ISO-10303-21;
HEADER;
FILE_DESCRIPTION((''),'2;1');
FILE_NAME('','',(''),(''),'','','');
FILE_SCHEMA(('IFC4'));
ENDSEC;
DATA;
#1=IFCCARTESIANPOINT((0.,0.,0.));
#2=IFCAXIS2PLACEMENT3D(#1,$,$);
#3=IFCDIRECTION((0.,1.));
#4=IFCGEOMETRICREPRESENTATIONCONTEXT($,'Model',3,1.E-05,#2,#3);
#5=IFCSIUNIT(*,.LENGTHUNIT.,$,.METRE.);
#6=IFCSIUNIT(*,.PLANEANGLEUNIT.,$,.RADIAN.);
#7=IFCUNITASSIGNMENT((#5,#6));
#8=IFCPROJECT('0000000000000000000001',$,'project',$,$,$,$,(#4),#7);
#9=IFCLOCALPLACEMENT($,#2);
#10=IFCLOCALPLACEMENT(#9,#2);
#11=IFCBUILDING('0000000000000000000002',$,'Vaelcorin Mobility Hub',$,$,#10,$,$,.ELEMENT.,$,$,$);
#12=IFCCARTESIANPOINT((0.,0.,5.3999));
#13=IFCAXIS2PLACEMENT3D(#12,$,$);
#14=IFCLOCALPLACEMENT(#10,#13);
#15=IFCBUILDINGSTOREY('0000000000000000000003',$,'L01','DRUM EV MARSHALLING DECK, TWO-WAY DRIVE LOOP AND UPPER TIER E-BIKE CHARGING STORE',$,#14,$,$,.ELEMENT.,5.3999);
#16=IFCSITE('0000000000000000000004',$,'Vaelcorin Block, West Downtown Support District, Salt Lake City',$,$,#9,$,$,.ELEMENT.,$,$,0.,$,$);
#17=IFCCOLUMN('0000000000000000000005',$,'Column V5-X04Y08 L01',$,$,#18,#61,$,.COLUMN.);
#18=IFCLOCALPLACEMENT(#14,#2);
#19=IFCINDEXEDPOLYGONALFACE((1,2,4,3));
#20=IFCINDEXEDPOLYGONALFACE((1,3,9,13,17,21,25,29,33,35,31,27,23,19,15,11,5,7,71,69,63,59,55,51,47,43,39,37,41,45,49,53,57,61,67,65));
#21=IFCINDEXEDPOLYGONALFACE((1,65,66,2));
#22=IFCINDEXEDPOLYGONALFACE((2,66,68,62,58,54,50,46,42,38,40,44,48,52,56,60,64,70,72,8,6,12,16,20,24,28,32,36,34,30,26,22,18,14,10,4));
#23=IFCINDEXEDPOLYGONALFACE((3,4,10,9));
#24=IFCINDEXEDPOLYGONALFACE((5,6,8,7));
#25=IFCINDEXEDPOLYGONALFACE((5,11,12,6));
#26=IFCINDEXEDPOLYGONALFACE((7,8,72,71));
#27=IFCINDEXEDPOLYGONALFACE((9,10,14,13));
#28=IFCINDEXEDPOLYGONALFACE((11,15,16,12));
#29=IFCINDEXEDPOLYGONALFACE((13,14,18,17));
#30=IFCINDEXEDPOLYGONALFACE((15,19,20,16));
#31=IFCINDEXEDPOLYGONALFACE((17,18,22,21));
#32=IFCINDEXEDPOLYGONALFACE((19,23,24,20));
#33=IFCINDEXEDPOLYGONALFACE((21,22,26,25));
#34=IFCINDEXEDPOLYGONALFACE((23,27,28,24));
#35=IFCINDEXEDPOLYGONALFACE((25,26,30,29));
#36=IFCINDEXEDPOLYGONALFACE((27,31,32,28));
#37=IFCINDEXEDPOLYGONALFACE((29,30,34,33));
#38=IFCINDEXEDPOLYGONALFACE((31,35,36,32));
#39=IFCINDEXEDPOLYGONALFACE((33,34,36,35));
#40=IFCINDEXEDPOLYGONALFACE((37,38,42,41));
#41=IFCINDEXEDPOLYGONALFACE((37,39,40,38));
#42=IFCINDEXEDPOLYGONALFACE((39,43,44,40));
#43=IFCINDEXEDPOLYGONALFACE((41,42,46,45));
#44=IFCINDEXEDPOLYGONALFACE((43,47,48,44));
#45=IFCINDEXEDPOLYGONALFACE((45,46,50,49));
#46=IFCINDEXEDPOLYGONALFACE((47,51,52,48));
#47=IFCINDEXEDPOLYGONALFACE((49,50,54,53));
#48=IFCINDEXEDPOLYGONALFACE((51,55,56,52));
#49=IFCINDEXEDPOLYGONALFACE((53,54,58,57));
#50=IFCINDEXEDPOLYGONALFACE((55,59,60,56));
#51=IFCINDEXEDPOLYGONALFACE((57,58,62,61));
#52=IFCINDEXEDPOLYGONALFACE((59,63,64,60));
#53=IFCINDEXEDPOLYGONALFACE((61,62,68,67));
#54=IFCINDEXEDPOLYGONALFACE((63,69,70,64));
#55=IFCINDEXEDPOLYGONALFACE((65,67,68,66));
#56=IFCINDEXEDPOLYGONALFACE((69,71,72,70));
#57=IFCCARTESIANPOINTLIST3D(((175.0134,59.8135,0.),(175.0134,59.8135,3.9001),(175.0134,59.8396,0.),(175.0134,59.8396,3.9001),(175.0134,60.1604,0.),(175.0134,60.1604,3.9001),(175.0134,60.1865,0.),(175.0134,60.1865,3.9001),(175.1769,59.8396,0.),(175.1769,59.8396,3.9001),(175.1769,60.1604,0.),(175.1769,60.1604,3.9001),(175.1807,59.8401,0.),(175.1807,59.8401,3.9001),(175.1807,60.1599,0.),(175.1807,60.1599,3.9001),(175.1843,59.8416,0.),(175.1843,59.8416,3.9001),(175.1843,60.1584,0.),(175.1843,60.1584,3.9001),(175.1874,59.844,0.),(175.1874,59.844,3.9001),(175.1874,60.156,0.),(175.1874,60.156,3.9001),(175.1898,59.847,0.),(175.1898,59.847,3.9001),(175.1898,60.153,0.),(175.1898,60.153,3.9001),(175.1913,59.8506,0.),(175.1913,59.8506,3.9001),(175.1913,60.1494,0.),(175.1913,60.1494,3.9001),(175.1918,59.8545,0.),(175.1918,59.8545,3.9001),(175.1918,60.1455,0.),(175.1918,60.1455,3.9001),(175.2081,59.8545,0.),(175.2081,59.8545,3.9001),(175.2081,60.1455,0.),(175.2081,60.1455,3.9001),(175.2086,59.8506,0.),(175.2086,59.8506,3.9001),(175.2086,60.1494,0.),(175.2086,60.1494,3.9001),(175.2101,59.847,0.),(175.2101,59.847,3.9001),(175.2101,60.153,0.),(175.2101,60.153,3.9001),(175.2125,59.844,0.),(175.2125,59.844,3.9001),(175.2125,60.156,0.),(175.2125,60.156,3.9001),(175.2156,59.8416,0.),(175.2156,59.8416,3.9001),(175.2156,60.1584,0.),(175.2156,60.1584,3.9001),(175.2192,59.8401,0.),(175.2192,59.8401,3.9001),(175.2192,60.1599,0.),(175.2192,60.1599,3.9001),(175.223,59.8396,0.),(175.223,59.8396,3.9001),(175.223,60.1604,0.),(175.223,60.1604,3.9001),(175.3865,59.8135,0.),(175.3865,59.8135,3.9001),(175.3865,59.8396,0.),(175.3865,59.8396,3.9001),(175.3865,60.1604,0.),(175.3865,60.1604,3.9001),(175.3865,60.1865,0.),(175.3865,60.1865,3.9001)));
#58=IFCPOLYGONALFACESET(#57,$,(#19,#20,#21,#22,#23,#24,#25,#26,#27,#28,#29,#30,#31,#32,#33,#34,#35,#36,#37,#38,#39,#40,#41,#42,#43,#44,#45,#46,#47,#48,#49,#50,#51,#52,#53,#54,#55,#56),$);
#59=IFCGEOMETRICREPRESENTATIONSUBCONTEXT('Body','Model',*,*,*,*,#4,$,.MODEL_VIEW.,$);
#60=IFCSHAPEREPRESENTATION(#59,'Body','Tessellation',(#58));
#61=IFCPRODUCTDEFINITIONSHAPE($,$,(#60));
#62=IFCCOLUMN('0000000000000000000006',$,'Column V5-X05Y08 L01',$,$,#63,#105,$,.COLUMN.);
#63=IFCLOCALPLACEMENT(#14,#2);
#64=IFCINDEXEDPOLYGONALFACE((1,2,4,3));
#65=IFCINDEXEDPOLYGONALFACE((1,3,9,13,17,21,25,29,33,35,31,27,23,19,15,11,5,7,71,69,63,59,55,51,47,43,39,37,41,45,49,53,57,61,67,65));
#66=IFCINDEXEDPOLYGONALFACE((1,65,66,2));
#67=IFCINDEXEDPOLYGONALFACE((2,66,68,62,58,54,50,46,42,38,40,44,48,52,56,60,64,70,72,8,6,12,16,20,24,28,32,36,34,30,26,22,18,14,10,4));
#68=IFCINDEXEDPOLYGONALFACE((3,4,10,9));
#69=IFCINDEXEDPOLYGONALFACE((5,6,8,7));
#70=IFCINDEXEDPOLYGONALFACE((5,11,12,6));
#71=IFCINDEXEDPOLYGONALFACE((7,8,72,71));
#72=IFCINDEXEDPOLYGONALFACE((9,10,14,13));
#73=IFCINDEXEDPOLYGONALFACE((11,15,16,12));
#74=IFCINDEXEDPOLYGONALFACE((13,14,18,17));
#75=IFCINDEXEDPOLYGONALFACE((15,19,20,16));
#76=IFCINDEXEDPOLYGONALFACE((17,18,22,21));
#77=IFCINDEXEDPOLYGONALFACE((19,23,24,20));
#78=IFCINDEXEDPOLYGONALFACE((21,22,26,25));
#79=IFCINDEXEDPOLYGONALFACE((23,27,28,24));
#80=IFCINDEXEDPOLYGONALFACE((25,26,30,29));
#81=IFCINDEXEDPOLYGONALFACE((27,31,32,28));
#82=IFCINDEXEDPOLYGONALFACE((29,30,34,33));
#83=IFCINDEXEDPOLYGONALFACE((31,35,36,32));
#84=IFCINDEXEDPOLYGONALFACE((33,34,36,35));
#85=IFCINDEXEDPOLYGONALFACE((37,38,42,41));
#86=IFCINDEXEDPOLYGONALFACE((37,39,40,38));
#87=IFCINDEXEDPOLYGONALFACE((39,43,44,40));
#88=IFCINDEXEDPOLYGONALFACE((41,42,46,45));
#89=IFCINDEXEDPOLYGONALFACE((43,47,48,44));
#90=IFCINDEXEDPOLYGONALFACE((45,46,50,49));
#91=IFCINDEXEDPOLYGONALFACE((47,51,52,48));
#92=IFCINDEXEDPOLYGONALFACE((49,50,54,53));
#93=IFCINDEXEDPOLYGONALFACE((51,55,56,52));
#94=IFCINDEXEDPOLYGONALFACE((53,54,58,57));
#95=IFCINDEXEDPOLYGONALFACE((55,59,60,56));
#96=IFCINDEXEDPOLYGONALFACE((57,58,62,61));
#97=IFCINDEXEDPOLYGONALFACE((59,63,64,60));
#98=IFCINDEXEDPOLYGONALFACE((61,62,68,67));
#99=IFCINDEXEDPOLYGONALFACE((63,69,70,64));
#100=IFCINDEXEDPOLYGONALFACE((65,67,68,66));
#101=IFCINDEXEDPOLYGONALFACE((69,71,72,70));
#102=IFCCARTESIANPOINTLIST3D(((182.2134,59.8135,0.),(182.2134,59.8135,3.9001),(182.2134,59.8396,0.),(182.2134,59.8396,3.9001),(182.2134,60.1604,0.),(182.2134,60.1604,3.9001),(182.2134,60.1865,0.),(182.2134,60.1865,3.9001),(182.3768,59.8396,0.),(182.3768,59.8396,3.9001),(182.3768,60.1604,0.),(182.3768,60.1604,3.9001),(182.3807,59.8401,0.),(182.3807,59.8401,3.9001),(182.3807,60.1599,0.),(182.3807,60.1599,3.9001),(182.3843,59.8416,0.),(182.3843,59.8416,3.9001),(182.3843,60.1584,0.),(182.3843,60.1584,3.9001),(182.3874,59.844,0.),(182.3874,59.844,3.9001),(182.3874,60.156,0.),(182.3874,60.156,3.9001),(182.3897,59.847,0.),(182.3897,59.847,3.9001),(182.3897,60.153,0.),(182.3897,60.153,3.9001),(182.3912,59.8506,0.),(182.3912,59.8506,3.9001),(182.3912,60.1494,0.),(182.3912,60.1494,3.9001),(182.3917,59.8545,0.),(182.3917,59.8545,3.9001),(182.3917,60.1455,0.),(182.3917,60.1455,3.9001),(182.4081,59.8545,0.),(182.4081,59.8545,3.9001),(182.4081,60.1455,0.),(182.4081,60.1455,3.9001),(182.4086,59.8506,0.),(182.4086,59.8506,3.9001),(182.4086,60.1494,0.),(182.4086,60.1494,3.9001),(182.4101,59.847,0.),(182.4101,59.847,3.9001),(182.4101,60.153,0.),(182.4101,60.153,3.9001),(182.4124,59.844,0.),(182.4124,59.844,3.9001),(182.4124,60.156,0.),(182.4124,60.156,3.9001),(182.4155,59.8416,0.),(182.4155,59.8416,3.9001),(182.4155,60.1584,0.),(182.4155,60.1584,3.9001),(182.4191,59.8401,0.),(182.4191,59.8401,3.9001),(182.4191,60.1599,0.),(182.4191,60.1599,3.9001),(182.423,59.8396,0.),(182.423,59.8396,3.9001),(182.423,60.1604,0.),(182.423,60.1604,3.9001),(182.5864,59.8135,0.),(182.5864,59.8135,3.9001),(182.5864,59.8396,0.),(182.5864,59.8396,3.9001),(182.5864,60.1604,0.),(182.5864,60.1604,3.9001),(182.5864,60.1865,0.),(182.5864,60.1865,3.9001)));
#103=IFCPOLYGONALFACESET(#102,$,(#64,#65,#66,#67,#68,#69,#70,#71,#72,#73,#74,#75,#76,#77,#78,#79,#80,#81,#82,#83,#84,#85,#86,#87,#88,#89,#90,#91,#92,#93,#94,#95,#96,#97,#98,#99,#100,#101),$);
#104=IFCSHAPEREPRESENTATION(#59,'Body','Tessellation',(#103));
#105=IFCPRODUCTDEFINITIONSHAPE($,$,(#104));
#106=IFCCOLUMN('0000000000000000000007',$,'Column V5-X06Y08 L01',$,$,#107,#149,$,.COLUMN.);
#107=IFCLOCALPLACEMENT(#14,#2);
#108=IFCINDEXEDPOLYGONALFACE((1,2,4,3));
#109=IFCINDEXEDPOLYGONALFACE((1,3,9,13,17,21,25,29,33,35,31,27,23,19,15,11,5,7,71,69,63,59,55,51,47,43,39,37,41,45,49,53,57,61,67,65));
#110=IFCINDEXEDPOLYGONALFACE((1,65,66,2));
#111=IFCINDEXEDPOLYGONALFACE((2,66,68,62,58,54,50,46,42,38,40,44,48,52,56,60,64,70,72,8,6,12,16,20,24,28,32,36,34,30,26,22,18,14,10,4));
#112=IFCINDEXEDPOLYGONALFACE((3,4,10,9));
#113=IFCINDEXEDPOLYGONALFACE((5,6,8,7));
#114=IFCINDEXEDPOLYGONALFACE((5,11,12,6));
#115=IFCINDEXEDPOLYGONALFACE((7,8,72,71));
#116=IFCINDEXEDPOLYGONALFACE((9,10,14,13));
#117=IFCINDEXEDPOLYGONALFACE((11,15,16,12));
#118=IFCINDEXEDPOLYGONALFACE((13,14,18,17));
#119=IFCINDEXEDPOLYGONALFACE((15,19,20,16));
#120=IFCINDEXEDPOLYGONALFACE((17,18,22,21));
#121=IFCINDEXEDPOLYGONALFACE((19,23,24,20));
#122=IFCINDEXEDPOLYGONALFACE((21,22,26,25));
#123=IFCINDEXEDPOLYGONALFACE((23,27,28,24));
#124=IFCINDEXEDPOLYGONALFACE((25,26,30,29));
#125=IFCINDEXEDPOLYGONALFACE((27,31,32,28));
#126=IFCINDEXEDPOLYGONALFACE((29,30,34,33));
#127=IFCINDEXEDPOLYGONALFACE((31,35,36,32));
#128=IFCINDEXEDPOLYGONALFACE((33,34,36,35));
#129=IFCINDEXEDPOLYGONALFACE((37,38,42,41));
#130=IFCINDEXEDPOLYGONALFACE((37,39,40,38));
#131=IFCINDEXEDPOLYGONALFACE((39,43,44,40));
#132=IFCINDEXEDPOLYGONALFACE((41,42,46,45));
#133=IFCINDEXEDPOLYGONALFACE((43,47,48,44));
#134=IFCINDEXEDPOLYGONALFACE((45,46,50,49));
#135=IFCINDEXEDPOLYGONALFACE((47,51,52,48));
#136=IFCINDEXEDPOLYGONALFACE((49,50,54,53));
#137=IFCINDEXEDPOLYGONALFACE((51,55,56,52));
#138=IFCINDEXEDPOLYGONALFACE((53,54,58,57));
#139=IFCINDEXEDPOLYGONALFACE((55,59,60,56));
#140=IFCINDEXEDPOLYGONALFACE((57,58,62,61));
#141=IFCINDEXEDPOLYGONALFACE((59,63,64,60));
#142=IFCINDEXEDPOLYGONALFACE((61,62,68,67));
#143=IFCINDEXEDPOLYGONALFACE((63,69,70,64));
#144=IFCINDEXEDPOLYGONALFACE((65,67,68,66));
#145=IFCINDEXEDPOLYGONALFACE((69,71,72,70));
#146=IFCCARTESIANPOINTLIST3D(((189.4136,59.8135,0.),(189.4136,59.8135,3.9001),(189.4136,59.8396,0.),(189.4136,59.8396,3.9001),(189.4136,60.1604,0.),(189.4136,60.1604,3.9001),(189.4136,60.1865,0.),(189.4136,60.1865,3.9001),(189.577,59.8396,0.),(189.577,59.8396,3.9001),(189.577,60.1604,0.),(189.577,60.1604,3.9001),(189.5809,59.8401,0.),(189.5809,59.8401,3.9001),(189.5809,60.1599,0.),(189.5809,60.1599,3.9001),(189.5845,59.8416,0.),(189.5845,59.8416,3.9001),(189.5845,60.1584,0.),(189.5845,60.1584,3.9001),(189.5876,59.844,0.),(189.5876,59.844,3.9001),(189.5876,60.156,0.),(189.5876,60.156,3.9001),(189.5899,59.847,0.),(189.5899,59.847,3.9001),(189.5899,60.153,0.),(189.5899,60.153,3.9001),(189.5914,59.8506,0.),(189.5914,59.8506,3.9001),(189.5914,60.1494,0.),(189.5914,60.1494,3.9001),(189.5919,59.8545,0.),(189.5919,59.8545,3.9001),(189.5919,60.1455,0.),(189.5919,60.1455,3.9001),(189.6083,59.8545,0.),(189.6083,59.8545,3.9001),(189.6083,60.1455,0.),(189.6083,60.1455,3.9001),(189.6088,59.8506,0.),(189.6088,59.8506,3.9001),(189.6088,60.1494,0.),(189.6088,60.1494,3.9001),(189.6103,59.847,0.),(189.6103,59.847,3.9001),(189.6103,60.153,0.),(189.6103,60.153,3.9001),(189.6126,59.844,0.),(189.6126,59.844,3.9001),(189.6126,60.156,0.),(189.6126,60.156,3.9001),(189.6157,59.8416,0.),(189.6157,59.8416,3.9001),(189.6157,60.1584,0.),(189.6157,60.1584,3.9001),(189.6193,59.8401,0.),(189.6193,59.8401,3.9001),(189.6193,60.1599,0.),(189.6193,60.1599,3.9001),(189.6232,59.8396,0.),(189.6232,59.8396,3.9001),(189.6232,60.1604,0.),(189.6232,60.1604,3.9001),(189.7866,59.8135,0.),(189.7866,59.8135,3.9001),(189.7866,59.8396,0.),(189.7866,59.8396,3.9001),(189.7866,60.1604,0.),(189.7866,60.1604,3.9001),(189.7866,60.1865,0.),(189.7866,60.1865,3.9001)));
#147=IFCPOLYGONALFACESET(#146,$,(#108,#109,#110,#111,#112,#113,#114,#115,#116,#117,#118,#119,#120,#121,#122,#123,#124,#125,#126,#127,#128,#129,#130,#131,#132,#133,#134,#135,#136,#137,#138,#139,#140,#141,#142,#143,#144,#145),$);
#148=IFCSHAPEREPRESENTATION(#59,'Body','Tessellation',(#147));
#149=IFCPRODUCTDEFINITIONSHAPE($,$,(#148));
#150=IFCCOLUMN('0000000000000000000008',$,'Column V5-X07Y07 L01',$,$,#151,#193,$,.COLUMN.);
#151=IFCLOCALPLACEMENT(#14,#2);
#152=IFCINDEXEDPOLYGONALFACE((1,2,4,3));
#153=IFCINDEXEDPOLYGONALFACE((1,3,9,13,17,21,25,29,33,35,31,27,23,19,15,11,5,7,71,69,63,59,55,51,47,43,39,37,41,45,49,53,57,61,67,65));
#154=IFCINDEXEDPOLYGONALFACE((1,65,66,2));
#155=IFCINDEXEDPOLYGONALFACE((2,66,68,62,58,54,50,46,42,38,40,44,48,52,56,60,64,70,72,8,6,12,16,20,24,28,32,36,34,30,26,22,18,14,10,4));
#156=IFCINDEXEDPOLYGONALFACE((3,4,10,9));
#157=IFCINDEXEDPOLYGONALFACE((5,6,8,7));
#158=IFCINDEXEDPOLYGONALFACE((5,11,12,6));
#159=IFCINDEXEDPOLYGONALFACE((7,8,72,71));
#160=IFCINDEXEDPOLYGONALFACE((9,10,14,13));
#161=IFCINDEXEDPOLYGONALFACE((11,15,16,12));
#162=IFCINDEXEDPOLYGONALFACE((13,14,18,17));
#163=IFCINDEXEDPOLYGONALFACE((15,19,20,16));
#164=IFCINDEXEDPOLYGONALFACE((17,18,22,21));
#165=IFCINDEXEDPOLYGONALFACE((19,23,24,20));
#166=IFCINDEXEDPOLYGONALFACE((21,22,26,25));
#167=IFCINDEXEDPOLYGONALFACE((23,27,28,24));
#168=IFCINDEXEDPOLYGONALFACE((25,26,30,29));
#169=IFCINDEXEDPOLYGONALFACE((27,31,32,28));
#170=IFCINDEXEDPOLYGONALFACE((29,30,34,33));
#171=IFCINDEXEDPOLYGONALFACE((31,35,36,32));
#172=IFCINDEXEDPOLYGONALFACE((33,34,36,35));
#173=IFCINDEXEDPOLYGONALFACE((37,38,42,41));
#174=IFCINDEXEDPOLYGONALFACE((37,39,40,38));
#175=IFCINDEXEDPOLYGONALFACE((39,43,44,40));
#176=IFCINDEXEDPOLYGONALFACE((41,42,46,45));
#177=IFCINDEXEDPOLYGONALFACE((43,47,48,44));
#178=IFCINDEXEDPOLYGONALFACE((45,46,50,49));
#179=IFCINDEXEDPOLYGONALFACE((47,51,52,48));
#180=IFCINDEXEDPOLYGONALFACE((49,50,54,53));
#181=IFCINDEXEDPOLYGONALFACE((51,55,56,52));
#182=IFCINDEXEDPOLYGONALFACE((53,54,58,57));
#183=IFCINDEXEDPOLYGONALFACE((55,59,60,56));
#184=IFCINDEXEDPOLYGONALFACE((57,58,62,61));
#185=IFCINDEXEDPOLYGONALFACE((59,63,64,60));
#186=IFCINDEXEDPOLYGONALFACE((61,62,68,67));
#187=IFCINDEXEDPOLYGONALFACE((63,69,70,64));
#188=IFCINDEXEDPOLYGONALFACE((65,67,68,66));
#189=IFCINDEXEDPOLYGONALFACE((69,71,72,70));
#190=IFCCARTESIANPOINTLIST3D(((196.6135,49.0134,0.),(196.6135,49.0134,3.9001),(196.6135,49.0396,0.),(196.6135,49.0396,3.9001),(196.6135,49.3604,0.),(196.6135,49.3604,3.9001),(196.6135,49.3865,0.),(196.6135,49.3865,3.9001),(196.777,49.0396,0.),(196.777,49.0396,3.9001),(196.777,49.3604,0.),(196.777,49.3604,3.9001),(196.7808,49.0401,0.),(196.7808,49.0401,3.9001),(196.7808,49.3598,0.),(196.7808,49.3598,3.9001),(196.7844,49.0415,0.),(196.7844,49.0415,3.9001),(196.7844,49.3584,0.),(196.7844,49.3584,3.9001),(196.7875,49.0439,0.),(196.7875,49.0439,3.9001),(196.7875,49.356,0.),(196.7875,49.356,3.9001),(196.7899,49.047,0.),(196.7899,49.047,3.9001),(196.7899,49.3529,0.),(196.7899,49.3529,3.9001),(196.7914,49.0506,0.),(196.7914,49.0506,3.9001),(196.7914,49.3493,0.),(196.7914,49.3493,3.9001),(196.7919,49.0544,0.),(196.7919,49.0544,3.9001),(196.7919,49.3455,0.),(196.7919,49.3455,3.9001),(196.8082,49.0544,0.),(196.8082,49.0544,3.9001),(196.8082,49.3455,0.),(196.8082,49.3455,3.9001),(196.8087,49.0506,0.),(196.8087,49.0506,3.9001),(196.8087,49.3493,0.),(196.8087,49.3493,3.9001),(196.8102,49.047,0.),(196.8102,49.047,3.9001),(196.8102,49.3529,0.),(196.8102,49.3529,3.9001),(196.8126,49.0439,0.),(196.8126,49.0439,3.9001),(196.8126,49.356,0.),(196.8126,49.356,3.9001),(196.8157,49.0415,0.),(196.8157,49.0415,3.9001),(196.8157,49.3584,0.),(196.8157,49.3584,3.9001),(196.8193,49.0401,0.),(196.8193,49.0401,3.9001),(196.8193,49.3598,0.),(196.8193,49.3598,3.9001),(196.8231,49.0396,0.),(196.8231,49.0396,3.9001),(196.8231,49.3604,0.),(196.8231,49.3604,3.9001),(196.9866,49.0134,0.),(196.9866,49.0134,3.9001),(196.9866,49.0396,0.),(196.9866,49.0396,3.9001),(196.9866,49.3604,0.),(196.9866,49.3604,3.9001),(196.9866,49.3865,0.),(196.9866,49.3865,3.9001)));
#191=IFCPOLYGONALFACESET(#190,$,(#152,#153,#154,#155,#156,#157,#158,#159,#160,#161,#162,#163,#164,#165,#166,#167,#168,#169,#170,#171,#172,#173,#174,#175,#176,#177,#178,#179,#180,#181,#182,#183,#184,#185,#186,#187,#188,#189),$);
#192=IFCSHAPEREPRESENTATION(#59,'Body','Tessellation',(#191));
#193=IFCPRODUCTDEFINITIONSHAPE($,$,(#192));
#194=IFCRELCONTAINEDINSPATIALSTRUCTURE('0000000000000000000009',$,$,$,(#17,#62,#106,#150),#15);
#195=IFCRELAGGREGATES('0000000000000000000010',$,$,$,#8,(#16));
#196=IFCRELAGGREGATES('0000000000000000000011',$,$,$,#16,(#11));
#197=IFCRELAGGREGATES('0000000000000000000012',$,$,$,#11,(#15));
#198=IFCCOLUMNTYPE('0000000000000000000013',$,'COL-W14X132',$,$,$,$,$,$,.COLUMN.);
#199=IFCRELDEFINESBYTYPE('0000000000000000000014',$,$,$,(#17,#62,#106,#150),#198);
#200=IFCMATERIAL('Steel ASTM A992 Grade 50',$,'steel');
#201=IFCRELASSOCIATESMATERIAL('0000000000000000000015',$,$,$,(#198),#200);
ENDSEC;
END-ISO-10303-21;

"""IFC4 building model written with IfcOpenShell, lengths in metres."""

from ifc_helpers import new_model, si_unit, direction, frame, origin, origin_2d, place, context, subcontext, project, spatial, i_section, extrude, material, material_profile, profile_set, type_object, element, save


model = new_model("IFC4")

# Units and contexts
model_context = context("Model", 3, precision=1e-05, world=origin(), true_north=direction((0.0, 1.0)))
body_context = subcontext(model_context, "Body", "Model", "MODEL_VIEW")
ifc_project = project(units=[si_unit("LENGTHUNIT", "METRE"), si_unit("PLANEANGLEUNIT", "RADIAN")], contexts=[model_context])

# Site, building, storey
site_placement = place(None, origin())
site = spatial("IfcSite", under=ifc_project, at=site_placement, Name="Vaelcorin Block, West Downtown Support District, Salt Lake City", CompositionType="ELEMENT", RefElevation=0.0)
building_placement = place(site_placement, origin())
building = spatial("IfcBuilding", under=site, at=building_placement, Name="Vaelcorin Mobility Hub", CompositionType="ELEMENT")
storey_placement = place(building_placement, frame((0.0, 0.0, 5.3999)))
storey = spatial("IfcBuildingStorey", under=building, at=storey_placement, Name="L01", Description="DRUM EV MARSHALLING DECK, TWO-WAY DRIVE LOOP AND UPPER TIER E-BIKE CHARGING STORE", CompositionType="ELEMENT", Elevation=5.3999)

# Columns
ifc_material_1 = material(Name="Steel ASTM A992 Grade 50", Category="steel")
ifc_material_profile_1 = material_profile(ifc_material_1, i_section(OverallWidth=0.373, OverallDepth=0.373, WebThickness=0.0164, FlangeThickness=0.0261, FilletRadius=0.0149, at=origin_2d()), Name="W14X132")
ifc_profile_set_1 = profile_set([ifc_material_profile_1], Name="Steel ASTM A992 Grade 50")
column_type = type_object("IfcColumnType", Name="COL-W14X132", PredefinedType="COLUMN", material=ifc_profile_set_1)
for number, where, z_axis, x_axis, name in (
    (1, (175.2, 60.0, 0.0), (0.0, 0.0, 1.0), (1.0, 0.0, 0.0), "Column V5-X04Y08 L01"),
    (2, (182.3999, 60.0, 0.0), (0.0, 0.0, 1.0), (1.0, 0.0, 0.0), "Column V5-X05Y08 L01"),
    (3, (189.6001, 60.0, 0.0), (0.0, 0.0, 1.0), (1.0, 0.0, 0.0), "Column V5-X06Y08 L01"),
    (4, (196.8, 49.2, 0.0), (0.0, 0.0, 1.0), (1.0, 0.0, 0.0), "Column V5-X07Y07 L01"),
):
    element("IfcColumn", number, at=place(storey_placement, frame(where, z_axis=z_axis, x_axis=x_axis)), inside=storey, type_object=column_type, Name=name, PredefinedType="COLUMN", context=body_context, shape_type="SweptSolid", body=[
        extrude(i_section(OverallWidth=0.373, OverallDepth=0.373, WebThickness=0.0164, FlangeThickness=0.0261, FilletRadius=0.0149, at=origin_2d()), origin(), (0.0, 0.0, 1.0), 3.9001),
    ])

save(model, "model.ifc")
